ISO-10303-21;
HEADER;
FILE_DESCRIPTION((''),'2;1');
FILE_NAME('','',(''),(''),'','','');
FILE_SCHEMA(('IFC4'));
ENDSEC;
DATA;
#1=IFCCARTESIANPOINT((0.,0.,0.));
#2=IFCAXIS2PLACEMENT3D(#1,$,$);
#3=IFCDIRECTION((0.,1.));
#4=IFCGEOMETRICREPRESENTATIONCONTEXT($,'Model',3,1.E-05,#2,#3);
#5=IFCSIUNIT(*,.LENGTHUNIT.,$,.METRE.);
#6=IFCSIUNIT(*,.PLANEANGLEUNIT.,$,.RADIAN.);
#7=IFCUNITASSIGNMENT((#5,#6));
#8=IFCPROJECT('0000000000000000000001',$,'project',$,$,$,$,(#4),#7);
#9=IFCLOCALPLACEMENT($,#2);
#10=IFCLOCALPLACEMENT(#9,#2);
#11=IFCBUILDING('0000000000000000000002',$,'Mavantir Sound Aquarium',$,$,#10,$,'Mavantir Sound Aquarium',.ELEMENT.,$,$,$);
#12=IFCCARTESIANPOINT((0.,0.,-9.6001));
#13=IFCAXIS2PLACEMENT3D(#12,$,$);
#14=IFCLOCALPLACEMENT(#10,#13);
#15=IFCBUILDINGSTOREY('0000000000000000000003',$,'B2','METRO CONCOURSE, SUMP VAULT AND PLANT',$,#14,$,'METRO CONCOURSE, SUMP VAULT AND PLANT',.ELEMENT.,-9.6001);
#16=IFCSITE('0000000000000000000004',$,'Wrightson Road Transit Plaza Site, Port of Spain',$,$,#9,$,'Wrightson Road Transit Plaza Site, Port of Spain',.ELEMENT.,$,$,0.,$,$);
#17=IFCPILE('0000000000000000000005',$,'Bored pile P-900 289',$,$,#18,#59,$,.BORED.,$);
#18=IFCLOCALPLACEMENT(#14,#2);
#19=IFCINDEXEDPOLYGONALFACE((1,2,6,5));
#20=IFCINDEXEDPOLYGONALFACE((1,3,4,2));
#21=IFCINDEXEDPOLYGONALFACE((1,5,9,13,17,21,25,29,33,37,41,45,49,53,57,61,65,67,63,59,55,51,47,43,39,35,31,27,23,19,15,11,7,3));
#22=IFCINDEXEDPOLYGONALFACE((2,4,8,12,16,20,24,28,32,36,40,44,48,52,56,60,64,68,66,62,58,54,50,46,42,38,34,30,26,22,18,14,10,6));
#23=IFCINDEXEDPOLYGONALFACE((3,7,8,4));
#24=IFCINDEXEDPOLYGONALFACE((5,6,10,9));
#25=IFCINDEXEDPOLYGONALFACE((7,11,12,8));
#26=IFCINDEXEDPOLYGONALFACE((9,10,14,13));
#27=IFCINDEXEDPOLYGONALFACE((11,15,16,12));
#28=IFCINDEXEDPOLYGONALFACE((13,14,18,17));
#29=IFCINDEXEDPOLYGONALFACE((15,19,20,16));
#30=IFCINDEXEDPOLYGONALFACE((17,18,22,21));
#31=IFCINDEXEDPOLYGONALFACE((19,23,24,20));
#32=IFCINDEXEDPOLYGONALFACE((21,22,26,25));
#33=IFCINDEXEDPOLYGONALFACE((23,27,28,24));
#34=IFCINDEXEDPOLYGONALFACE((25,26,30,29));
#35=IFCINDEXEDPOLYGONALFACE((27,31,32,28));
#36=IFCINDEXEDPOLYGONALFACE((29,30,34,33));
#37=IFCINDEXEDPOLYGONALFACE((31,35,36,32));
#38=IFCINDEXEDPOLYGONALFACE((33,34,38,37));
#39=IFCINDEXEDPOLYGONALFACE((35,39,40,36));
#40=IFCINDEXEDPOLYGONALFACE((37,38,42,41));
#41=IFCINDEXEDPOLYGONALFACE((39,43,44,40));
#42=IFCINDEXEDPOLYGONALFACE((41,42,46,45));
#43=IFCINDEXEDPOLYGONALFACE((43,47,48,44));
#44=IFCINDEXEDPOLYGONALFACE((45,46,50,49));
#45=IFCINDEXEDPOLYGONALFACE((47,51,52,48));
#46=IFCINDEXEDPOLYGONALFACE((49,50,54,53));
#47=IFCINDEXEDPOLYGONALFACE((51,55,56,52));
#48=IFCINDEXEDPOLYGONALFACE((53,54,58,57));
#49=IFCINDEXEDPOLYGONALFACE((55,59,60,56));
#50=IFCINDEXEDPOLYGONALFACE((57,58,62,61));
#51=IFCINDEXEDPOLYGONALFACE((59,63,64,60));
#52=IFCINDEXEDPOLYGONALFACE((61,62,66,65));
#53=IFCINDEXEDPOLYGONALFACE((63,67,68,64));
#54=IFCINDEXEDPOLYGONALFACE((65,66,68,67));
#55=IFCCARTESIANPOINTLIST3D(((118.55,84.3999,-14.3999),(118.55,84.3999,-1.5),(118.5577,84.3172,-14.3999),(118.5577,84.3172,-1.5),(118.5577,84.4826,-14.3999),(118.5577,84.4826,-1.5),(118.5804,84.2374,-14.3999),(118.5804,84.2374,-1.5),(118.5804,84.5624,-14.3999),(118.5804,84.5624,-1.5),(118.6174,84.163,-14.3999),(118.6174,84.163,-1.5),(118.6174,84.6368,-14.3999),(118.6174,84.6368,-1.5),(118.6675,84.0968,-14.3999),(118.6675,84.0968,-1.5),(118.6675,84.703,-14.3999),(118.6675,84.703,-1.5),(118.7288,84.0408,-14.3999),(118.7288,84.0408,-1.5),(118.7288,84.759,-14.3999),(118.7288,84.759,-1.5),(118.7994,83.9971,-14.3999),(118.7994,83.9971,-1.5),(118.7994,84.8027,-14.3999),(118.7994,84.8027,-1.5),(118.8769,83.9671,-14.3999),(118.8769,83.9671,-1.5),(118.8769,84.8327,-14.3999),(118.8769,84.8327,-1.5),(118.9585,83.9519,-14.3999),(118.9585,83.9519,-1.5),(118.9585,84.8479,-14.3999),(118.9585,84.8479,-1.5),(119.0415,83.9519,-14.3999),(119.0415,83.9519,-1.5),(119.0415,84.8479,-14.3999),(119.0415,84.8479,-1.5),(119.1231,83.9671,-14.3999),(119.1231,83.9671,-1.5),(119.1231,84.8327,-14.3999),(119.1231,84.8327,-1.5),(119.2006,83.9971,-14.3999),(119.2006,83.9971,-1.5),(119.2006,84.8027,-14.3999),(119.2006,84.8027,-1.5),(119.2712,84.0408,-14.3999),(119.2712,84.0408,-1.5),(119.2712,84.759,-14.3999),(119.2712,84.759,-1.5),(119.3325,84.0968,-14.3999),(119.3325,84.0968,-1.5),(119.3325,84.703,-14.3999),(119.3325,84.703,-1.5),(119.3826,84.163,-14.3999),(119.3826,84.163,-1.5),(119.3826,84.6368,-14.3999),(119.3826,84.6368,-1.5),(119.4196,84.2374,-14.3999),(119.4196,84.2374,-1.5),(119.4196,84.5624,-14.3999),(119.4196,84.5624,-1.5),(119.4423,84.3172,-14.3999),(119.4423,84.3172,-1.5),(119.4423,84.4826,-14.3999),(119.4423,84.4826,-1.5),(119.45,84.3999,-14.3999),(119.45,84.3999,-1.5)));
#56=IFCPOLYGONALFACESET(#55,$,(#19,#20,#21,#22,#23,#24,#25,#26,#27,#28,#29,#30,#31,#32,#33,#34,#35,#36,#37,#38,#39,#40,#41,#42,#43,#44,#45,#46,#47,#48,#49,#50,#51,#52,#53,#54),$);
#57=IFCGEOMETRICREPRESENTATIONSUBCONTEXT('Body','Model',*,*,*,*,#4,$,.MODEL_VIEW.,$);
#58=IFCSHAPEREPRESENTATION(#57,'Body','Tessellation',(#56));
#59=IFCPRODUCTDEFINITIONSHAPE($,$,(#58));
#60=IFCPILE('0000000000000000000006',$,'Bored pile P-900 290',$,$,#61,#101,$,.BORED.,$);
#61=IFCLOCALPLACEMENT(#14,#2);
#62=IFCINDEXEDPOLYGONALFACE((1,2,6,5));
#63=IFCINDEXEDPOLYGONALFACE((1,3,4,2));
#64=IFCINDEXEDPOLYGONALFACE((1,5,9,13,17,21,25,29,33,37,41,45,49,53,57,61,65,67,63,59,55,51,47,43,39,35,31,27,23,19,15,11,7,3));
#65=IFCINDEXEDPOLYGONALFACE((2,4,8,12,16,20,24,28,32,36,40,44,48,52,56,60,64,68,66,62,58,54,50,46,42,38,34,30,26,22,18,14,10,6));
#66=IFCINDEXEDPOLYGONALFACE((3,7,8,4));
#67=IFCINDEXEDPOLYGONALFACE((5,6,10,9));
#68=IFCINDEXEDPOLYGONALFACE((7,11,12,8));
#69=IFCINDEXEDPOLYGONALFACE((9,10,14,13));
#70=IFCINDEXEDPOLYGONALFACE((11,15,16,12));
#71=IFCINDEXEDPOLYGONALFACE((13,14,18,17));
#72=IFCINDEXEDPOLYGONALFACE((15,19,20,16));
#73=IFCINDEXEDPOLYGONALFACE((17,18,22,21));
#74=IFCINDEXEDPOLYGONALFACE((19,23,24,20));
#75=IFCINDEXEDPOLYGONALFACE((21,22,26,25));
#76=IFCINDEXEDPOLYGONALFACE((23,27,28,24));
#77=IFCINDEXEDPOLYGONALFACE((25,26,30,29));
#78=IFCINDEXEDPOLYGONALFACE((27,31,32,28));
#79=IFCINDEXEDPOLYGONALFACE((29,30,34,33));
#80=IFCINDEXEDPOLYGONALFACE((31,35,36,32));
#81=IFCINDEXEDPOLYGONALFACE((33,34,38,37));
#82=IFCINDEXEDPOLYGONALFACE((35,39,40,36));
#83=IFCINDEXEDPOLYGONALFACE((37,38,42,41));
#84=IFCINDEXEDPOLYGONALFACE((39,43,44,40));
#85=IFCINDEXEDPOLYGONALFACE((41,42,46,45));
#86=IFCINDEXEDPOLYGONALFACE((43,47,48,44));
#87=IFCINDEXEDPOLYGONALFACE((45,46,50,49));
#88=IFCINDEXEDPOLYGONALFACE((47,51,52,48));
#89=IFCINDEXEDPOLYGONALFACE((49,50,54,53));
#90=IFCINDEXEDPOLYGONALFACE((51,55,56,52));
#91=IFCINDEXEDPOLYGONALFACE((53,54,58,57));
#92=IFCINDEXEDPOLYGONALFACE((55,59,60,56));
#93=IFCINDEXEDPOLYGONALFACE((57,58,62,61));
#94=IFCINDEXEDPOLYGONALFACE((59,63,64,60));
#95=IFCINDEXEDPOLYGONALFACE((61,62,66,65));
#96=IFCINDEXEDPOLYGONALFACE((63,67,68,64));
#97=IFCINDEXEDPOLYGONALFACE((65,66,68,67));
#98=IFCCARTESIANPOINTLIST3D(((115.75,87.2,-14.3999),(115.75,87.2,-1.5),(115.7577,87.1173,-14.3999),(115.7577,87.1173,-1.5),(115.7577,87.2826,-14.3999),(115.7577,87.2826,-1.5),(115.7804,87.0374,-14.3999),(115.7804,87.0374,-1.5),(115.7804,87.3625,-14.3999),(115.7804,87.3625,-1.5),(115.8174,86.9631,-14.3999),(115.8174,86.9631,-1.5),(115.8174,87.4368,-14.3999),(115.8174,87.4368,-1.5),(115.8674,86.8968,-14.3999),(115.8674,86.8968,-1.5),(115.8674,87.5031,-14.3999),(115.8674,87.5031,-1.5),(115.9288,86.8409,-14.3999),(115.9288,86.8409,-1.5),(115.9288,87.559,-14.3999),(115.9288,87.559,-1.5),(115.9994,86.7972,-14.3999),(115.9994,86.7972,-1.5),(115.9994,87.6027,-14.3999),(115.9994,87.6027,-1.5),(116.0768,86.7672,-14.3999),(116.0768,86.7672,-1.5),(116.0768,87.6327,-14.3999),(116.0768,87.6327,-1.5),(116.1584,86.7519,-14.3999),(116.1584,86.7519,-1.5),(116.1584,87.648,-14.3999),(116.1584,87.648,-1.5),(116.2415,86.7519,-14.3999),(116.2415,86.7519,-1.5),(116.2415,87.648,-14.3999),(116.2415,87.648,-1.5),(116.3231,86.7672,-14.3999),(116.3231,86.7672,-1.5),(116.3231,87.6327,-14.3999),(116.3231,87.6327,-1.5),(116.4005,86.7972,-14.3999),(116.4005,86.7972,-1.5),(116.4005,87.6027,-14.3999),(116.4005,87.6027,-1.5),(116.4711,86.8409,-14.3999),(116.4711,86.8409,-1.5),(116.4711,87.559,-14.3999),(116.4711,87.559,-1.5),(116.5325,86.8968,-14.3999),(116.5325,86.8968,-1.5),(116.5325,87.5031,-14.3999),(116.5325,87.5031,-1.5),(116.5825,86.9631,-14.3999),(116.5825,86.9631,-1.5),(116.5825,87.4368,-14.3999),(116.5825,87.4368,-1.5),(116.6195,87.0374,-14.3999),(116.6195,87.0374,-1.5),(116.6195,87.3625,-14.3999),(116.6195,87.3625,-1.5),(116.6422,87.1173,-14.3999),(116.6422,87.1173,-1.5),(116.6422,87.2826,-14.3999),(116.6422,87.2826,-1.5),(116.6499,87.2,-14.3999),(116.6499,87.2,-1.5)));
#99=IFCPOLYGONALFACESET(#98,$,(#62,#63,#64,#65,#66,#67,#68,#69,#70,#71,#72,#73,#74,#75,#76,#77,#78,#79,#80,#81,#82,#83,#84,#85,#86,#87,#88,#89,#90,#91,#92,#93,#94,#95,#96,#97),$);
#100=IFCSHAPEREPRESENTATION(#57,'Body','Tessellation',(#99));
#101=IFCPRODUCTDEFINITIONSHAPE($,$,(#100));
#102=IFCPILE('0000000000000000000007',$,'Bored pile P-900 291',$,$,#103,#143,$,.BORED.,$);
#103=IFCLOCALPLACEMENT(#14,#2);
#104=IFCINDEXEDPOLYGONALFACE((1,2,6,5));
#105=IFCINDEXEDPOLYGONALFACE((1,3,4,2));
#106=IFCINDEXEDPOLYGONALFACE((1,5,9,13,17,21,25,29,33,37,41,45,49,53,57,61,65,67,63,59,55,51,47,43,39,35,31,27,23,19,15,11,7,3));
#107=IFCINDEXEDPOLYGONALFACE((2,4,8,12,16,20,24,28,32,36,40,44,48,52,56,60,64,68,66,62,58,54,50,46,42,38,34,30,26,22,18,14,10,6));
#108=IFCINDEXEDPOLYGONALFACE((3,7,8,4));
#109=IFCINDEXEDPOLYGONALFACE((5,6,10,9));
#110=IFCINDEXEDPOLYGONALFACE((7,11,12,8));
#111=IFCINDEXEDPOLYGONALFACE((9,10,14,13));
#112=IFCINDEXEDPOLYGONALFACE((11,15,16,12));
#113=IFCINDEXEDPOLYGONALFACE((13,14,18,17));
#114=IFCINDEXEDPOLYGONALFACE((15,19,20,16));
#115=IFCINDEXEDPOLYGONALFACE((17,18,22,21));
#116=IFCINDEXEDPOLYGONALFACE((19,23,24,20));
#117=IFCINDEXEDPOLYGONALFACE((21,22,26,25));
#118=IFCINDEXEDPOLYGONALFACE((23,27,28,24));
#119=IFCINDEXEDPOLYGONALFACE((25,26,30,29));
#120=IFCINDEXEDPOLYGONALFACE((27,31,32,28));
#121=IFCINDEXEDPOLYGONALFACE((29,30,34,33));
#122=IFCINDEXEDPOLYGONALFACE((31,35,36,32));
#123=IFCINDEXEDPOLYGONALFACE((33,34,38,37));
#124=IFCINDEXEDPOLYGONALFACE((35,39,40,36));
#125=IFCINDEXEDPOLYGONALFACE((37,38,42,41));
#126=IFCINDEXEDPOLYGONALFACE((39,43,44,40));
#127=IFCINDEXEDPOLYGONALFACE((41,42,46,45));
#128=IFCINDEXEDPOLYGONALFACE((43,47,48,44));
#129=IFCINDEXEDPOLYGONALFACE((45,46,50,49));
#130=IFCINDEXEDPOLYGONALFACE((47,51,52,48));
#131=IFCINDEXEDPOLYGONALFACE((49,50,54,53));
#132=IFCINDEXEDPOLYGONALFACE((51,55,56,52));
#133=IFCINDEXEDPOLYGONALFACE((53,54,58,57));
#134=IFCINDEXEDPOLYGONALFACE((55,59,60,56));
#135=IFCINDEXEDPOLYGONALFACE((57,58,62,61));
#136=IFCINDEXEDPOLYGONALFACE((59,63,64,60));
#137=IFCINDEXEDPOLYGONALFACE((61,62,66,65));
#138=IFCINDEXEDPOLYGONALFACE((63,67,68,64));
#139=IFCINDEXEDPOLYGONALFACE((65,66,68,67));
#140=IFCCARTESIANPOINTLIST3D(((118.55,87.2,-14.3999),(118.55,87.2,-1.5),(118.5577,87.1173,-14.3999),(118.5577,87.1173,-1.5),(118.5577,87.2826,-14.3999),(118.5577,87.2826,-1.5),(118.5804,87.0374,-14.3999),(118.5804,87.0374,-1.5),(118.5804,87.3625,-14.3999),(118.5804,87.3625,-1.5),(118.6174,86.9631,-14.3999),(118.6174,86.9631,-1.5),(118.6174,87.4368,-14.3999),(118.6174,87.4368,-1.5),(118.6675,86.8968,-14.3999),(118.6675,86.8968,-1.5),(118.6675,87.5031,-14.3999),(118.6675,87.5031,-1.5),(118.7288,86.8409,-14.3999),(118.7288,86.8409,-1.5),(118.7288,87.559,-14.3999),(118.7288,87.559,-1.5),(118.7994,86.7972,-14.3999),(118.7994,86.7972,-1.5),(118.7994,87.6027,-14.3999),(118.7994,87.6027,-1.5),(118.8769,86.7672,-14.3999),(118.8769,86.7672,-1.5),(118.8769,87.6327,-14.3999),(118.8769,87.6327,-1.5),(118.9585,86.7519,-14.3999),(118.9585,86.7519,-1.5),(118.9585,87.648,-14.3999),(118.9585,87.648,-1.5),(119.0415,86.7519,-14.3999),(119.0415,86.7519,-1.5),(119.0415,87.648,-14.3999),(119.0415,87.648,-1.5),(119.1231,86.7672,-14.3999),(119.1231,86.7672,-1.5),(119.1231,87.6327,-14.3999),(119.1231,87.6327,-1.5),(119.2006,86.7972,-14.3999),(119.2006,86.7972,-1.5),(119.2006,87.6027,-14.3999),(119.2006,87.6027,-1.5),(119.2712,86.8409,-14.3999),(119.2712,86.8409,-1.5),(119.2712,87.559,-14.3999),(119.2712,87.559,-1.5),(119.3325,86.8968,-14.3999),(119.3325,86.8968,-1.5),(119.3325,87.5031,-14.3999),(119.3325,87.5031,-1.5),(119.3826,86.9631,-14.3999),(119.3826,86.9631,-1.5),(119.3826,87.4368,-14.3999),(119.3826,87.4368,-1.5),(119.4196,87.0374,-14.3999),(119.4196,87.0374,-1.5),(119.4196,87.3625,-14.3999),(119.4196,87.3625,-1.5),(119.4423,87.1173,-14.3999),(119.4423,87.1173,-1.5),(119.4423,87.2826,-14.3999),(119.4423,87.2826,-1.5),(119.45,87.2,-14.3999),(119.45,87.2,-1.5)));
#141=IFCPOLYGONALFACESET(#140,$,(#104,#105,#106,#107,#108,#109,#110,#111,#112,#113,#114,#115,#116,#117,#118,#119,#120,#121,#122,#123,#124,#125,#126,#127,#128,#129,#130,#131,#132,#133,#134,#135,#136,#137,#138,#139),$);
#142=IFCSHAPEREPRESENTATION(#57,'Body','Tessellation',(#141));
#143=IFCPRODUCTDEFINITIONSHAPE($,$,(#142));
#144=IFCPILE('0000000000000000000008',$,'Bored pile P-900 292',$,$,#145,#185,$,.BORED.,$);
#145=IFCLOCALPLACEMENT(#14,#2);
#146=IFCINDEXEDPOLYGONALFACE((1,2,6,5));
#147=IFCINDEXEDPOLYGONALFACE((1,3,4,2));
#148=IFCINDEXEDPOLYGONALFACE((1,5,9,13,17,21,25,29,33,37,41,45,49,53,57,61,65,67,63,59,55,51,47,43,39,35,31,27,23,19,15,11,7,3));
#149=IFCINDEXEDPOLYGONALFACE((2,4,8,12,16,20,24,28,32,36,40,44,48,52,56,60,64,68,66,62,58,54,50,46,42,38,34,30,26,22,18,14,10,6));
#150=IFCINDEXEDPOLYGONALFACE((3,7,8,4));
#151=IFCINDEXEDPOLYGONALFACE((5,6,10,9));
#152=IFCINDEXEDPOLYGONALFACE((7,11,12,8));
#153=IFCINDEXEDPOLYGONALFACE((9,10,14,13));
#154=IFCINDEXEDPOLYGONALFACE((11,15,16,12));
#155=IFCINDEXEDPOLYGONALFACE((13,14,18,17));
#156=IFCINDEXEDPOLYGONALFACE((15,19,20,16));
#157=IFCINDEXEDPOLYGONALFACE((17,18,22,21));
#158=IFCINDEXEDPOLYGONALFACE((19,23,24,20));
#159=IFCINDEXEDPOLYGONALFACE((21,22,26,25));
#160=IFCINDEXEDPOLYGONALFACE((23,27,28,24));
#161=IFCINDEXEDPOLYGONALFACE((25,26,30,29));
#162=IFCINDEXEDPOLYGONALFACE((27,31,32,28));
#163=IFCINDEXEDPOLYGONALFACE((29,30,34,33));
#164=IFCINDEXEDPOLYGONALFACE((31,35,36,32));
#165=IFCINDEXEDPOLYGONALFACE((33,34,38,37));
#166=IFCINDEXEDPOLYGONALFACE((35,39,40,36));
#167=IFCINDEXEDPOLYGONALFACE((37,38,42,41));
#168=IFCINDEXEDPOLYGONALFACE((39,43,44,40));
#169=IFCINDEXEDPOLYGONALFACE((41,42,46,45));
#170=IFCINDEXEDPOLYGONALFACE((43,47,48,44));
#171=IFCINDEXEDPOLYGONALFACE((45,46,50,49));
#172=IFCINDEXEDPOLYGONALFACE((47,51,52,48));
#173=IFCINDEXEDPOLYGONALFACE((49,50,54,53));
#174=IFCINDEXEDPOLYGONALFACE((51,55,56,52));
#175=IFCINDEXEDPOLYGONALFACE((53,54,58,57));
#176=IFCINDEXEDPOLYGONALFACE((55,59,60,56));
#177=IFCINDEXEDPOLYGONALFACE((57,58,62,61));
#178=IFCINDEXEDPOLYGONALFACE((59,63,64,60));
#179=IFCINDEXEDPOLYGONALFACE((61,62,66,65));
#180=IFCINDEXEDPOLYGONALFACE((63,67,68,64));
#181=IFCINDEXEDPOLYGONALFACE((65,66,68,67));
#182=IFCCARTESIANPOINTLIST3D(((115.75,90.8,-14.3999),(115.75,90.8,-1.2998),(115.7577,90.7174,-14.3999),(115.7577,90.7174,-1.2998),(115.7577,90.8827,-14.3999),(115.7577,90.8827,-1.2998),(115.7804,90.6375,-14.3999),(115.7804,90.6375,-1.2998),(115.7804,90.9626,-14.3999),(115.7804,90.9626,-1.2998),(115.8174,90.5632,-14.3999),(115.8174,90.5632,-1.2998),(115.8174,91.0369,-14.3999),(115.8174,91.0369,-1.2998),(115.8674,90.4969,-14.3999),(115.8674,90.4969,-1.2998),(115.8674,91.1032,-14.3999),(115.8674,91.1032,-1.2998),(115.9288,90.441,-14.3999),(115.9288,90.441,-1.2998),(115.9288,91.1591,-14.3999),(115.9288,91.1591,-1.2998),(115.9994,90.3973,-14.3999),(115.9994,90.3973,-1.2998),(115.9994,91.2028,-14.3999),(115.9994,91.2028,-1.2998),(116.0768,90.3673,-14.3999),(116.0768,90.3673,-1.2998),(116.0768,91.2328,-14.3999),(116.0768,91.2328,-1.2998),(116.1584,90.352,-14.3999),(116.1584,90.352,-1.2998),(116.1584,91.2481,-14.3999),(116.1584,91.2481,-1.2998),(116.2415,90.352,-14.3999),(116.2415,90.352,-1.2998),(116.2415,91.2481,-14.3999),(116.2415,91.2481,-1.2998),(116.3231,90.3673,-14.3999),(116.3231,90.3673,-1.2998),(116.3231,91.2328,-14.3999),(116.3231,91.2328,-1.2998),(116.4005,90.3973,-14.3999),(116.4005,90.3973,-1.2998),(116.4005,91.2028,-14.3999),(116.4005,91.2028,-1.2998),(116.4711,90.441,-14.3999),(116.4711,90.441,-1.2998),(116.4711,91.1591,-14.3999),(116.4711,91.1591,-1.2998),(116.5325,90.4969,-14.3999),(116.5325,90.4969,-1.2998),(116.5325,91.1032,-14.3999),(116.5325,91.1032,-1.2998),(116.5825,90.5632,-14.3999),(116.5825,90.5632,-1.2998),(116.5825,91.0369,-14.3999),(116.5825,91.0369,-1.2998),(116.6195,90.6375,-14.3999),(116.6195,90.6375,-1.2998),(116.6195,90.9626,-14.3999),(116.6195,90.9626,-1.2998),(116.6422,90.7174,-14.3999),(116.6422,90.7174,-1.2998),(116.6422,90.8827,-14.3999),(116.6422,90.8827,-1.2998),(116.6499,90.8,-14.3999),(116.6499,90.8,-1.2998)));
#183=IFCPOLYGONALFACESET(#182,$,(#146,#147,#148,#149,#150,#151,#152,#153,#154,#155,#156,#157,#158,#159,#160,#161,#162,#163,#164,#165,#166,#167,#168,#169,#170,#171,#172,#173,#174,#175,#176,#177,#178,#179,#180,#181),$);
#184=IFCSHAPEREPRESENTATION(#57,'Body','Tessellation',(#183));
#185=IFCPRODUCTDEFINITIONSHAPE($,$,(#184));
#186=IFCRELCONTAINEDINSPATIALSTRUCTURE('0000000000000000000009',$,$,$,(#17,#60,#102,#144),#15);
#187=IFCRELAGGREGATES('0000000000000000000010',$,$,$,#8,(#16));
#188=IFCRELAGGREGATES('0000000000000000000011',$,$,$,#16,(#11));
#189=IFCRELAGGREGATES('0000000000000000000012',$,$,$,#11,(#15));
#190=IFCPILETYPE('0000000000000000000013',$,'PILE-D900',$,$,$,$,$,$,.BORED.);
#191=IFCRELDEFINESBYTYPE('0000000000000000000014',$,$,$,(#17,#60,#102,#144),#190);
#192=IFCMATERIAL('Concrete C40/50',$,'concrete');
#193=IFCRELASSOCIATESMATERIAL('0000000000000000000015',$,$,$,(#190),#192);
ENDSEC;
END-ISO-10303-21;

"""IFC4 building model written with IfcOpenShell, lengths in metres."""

from ifc_helpers import new_model, si_unit, direction, frame, origin, origin_2d, place, context, subcontext, project, spatial, circle, extrude, material, material_profile, profile_set, type_object, element, save


model = new_model("IFC4")

# Units and contexts
model_context = context("Model", 3, precision=1e-05, world=origin(), true_north=direction((0.0, 1.0)))
body_context = subcontext(model_context, "Body", "Model", "MODEL_VIEW")
ifc_project = project(units=[si_unit("LENGTHUNIT", "METRE"), si_unit("PLANEANGLEUNIT", "RADIAN")], contexts=[model_context])

# Site, building, storey
site_placement = place(None, origin())
site = spatial("IfcSite", under=ifc_project, at=site_placement, Name="Wrightson Road Transit Plaza Site, Port of Spain", LongName="Wrightson Road Transit Plaza Site, Port of Spain", CompositionType="ELEMENT", RefElevation=0.0)
building_placement = place(site_placement, origin())
building = spatial("IfcBuilding", under=site, at=building_placement, Name="Mavantir Sound Aquarium", LongName="Mavantir Sound Aquarium", CompositionType="ELEMENT")
storey_placement = place(building_placement, frame((0.0, 0.0, -9.6001)))
storey = spatial("IfcBuildingStorey", under=building, at=storey_placement, Name="B2", Description="METRO CONCOURSE, SUMP VAULT AND PLANT", LongName="METRO CONCOURSE, SUMP VAULT AND PLANT", CompositionType="ELEMENT", Elevation=-9.6001)

# Shared definitions
ifc_material_1 = material(Name="Concrete C40/50", Category="concrete")

# Piles
ifc_material_profile_1 = material_profile(ifc_material_1, circle(Radius=0.45, at=origin_2d()), Name="PILE D900")
ifc_profile_set_1 = profile_set([ifc_material_profile_1], Name="Concrete C40/50")
pile_type = type_object("IfcPileType", Name="PILE-D900", PredefinedType="BORED", material=ifc_profile_set_1)
for number, where, z_axis, x_axis, name in (
    (1, (119.0, 84.3999, -1.5), (0.0, 0.0, -1.0), (1.0, 0.0, 0.0), "Bored pile P-900 289"),
    (2, (116.2, 87.2, -1.5), (0.0, 0.0, -1.0), (1.0, 0.0, 0.0), "Bored pile P-900 290"),
    (3, (119.0, 87.2, -1.5), (0.0, 0.0, -1.0), (1.0, 0.0, 0.0), "Bored pile P-900 291"),
):
    element("IfcPile", number, at=place(storey_placement, frame(where, z_axis=z_axis, x_axis=x_axis)), inside=storey, type_object=pile_type, Name=name, PredefinedType="BORED", context=body_context, shape_type="SweptSolid", body=[
        extrude(circle(Radius=0.45, at=origin_2d()), origin(), (0.0, 0.0, 1.0), 12.8999),
    ])
for number, where, z_axis, x_axis, name in (
    (4, (116.2, 90.8, -1.2998), (0.0, 0.0, -1.0), (1.0, 0.0, 0.0), "Bored pile P-900 292"),
):
    element("IfcPile", number, at=place(storey_placement, frame(where, z_axis=z_axis, x_axis=x_axis)), inside=storey, type_object=pile_type, Name=name, PredefinedType="BORED", context=body_context, shape_type="SweptSolid", body=[
        extrude(circle(Radius=0.45, at=origin_2d()), origin(), (0.0, 0.0, 1.0), 13.1001),
    ])

save(model, "model.ifc")
